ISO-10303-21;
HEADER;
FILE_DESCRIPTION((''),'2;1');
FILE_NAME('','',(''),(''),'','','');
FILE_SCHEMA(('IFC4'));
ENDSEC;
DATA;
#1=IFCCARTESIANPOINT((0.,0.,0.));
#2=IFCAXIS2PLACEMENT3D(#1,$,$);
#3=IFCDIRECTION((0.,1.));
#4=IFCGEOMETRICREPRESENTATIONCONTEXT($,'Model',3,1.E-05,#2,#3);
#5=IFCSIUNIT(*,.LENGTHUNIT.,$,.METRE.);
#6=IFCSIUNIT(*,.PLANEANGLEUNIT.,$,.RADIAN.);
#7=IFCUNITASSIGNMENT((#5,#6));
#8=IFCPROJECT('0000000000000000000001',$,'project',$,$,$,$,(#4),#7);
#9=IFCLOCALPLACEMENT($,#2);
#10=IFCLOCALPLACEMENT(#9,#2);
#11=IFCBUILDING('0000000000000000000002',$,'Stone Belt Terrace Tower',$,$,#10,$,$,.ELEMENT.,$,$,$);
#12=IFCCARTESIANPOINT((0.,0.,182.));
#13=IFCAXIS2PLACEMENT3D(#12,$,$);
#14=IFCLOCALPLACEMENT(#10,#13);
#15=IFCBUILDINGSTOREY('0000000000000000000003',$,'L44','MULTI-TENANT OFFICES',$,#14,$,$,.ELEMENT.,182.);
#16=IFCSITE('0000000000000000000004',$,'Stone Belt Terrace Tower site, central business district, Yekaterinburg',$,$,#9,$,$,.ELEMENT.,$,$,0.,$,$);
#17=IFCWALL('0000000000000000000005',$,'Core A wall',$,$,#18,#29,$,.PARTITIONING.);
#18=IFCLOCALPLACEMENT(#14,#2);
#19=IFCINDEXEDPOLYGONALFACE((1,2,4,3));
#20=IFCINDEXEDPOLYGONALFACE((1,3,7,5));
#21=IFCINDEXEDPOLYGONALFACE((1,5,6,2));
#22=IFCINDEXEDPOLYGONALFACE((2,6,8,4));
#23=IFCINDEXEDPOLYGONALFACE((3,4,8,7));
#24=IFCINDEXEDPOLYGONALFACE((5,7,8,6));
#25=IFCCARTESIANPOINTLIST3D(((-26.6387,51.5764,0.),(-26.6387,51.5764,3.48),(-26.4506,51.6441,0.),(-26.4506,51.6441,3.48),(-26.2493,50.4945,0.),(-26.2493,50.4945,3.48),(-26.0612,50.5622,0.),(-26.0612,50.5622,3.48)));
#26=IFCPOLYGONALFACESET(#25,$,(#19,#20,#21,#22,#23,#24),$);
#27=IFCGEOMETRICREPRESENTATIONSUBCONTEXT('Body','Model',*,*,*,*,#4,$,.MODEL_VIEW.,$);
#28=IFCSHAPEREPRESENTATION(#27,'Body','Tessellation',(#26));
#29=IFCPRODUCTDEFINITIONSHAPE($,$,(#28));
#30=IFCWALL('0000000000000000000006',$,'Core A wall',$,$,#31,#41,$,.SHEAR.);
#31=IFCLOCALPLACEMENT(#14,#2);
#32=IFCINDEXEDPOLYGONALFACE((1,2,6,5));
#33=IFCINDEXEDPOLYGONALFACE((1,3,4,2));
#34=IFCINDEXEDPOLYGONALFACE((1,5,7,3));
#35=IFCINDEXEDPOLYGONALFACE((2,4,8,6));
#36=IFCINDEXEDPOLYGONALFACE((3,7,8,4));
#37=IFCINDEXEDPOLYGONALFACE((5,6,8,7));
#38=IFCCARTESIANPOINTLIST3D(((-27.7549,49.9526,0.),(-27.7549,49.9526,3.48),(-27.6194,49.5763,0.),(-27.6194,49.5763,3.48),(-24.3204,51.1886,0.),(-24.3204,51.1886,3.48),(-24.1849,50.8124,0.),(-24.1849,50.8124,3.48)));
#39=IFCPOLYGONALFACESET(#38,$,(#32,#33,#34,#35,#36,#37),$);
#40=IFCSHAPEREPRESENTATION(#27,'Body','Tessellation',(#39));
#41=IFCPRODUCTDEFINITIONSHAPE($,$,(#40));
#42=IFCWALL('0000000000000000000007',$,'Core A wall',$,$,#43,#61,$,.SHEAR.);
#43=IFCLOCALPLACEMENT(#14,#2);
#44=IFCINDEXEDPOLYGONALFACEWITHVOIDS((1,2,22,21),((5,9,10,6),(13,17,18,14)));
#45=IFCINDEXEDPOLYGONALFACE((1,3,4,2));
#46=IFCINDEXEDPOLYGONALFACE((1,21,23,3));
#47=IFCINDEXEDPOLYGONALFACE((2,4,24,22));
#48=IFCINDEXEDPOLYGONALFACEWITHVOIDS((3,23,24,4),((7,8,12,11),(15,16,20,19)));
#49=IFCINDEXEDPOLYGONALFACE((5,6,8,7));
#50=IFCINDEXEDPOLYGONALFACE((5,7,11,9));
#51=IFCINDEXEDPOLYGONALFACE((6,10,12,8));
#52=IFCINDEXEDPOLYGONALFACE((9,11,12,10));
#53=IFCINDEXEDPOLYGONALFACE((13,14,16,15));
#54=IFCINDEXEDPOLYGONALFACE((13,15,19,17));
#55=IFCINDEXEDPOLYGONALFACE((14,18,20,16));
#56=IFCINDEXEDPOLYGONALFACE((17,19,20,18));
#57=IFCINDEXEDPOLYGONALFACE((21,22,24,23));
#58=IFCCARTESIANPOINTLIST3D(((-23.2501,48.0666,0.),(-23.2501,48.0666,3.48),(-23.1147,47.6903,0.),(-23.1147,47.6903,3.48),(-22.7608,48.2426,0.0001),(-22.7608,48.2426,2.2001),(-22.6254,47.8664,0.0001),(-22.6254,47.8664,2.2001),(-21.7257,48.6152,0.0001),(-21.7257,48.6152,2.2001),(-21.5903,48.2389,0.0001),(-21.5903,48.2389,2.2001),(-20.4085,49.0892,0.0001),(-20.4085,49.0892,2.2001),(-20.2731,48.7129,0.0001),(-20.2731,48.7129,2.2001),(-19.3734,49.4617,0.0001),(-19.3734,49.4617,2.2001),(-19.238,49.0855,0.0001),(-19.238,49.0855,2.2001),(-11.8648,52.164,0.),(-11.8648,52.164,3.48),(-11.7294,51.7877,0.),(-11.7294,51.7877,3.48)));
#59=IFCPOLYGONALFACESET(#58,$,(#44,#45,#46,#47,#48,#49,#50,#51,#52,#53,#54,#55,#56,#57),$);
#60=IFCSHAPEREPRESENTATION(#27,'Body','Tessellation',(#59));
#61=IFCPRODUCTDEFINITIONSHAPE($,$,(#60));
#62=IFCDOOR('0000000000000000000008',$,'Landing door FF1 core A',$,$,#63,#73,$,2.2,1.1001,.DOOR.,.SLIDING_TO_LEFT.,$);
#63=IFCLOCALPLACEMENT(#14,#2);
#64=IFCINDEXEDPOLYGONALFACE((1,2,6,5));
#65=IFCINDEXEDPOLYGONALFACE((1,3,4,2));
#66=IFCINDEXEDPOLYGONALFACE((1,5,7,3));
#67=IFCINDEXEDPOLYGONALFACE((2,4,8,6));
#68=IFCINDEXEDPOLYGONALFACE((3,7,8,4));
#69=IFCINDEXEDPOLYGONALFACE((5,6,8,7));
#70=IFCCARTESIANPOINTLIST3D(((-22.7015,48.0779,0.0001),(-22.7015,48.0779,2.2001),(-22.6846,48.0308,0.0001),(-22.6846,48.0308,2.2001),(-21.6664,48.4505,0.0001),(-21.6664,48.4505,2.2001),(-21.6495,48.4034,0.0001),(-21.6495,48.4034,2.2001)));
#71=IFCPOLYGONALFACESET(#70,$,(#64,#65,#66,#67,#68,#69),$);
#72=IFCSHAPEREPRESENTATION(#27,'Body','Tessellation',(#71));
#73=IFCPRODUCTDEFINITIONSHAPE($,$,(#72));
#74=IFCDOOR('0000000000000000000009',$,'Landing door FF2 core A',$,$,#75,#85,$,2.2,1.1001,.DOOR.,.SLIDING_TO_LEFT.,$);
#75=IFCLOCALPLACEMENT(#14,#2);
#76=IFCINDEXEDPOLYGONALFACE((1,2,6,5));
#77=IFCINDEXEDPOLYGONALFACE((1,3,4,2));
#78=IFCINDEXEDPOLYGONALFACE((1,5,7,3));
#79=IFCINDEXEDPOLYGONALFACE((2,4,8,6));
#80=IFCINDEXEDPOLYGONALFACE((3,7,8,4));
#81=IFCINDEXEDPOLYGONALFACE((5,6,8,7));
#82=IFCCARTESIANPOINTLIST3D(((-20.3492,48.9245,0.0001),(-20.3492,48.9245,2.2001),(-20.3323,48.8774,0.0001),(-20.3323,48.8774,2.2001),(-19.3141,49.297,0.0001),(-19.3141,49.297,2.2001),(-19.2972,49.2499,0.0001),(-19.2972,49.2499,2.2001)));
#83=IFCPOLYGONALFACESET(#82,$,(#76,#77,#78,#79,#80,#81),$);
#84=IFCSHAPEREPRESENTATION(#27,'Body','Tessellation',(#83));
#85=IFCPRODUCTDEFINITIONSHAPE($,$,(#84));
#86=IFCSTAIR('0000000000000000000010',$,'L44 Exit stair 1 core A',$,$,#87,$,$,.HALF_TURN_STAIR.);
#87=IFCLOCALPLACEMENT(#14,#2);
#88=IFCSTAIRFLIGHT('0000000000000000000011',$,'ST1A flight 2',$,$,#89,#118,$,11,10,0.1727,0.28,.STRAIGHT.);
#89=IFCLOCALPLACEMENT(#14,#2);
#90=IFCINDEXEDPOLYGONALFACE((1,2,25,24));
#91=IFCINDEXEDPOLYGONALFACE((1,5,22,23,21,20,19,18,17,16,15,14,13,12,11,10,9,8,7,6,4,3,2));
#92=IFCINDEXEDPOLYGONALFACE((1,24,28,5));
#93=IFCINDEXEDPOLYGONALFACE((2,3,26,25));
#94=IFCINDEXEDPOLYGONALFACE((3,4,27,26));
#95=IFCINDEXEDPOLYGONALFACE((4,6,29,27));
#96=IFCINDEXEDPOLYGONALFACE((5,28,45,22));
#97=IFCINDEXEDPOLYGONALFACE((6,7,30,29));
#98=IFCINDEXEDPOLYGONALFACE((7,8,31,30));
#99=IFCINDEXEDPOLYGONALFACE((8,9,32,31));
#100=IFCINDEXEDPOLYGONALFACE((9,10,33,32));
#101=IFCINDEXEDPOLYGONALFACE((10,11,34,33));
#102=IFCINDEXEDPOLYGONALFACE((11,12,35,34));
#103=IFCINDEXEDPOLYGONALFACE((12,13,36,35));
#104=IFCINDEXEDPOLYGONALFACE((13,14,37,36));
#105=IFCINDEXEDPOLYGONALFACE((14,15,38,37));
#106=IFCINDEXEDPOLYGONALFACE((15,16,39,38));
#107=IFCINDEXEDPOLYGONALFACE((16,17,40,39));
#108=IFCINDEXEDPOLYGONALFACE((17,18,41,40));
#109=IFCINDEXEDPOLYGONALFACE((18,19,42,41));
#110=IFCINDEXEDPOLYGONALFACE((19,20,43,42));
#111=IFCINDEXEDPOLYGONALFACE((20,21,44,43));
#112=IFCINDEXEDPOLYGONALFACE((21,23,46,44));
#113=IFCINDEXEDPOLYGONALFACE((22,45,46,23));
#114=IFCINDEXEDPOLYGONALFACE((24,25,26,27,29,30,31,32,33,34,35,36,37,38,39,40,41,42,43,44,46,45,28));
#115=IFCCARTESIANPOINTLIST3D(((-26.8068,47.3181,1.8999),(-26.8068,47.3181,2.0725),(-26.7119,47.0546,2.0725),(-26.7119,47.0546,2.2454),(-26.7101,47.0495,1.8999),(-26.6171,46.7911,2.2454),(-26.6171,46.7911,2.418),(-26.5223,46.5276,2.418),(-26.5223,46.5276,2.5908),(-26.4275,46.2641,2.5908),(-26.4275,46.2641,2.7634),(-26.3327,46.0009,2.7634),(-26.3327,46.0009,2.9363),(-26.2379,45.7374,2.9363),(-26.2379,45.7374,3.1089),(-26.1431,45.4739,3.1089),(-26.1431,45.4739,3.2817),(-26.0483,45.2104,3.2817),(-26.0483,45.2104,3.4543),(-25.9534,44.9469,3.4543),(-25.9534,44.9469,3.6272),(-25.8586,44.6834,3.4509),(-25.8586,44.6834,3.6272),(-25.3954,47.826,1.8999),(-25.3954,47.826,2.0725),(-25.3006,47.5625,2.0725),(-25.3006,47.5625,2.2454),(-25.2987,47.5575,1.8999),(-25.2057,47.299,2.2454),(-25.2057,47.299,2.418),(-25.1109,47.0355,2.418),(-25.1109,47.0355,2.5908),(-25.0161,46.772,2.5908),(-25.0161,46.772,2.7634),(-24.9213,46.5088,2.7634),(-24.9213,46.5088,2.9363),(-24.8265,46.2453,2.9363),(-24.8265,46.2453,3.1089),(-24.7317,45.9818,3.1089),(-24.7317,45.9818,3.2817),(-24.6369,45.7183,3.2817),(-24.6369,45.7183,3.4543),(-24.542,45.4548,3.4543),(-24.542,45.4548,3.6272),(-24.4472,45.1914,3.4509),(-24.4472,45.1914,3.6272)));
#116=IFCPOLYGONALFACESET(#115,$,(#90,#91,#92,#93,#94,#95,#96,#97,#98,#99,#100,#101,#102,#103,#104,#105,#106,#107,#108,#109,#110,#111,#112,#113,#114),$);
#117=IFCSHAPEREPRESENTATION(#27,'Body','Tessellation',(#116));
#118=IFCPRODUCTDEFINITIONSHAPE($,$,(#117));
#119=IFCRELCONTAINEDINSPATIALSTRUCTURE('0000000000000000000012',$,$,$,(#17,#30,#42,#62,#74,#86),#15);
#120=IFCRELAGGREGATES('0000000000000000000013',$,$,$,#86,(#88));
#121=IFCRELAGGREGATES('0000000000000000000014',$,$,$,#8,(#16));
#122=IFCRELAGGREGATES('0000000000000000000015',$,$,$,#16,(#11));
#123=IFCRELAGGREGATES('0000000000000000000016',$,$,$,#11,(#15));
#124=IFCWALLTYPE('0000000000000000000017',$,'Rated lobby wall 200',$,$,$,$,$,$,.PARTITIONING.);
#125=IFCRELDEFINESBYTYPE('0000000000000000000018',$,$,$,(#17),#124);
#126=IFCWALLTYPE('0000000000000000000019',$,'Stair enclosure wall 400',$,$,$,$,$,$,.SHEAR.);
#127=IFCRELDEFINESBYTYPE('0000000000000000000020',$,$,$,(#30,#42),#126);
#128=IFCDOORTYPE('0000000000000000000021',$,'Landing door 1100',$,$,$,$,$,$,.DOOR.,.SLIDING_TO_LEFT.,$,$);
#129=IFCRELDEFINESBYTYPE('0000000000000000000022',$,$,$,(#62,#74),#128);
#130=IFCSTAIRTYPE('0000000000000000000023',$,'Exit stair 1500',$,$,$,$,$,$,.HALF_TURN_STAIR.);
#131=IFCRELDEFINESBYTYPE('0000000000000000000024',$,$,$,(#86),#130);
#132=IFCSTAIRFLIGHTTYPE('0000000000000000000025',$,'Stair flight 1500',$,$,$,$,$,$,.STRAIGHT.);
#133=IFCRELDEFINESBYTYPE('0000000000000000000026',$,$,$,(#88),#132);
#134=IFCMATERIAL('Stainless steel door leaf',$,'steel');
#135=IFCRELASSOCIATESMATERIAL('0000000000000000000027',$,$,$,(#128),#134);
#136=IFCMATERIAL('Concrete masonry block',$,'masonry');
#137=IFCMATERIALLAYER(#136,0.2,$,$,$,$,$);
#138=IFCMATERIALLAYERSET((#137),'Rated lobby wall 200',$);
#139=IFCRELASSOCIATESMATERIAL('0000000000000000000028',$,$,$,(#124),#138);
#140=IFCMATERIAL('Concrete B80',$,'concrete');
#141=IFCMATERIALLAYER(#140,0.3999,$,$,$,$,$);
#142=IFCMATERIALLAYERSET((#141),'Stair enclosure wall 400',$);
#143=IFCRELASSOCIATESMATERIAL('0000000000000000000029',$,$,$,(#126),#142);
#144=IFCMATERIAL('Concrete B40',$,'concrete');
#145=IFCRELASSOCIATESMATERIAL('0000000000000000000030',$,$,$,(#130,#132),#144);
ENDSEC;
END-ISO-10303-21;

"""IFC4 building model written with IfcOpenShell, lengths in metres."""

from ifc_helpers import new_model, si_unit, direction, frame, frame_2d, origin, place, context, subcontext, project, spatial, polyline, rectangle, outline, extrude, material, layer, layer_set, type_object, element, fill, aggregate, save


model = new_model("IFC4")

# Units and contexts
model_context = context("Model", 3, precision=1e-05, world=origin(), true_north=direction((0.0, 1.0)))
body_context = subcontext(model_context, "Body", "Model", "MODEL_VIEW")
ifc_project = project(units=[si_unit("LENGTHUNIT", "METRE"), si_unit("PLANEANGLEUNIT", "RADIAN")], contexts=[model_context])

# Site, building, storey
site_placement = place(None, origin())
site = spatial("IfcSite", under=ifc_project, at=site_placement, Name="Stone Belt Terrace Tower site, central business district, Yekaterinburg", CompositionType="ELEMENT", RefElevation=0.0)
building_placement = place(site_placement, origin())
building = spatial("IfcBuilding", under=site, at=building_placement, Name="Stone Belt Terrace Tower", CompositionType="ELEMENT")
storey_placement = place(building_placement, frame((0.0, 0.0, 182.0)))
storey = spatial("IfcBuildingStorey", under=building, at=storey_placement, Name="L44", Description="MULTI-TENANT OFFICES", CompositionType="ELEMENT", Elevation=182.0)

# Shared definitions
ifc_material_1 = material(Name="Concrete B80", Category="concrete")

# Shared definitions
ifc_material_2 = material(Name="Stainless steel door leaf", Category="steel")

# Shared definitions
door_type_1 = type_object("IfcDoorType", Name="Landing door 1100", OperationType="SLIDING_TO_LEFT", PredefinedType="DOOR", material=ifc_material_2)

# Walls
ifc_material_3 = material(Name="Concrete masonry block", Category="masonry")
ifc_layer_1 = layer(ifc_material_3, 0.2)
ifc_layer_set_1 = layer_set([ifc_layer_1], Name="Rated lobby wall 200")
wall_type_1 = type_object("IfcWallType", Name="Rated lobby wall 200", PredefinedType="PARTITIONING", material=ifc_layer_set_1)
wall_1_placement = place(storey_placement, frame((-26.1553, 50.5283, 0.0), z_axis=(0.0, 0.0, 1.0), x_axis=(-0.338622, 0.940923, 0.0)))
element("IfcWall", 1, at=wall_1_placement, inside=storey, type_object=wall_type_1, Name="Core A wall", PredefinedType="PARTITIONING", context=body_context, shape_type="SweptSolid", body=[
    extrude(rectangle(XDim=1.1499, YDim=0.2, at=frame_2d((0.575, 0.0))), origin(), (0.0, 0.0, 1.0), 3.48),
])
ifc_layer_2 = layer(ifc_material_1, 0.3999)
ifc_layer_set_2 = layer_set([ifc_layer_2], Name="Stair enclosure wall 400")
wall_type_2 = type_object("IfcWallType", Name="Stair enclosure wall 400", PredefinedType="SHEAR", material=ifc_layer_set_2)
wall_2_placement = place(storey_placement, frame((-27.6873, 49.7644, 0.0), z_axis=(0.0, 0.0, 1.0), x_axis=(0.940919, 0.338632, 0.0)))
element("IfcWall", 2, at=wall_2_placement, inside=storey, type_object=wall_type_2, Name="Core A wall", PredefinedType="SHEAR", context=body_context, shape_type="SweptSolid", body=[
    extrude(rectangle(XDim=3.6501, YDim=0.3999, at=frame_2d((1.8252, 0.0))), origin(), (0.0, 0.0, 1.0), 3.48),
])

# Wall, openings, doors
wall_3_placement = place(storey_placement, frame((-23.1824, 47.8784, 0.0), z_axis=(0.0, 0.0, 1.0), x_axis=(0.940921, 0.338626, 0.0)))
wall_3 = element("IfcWall", 3, at=wall_3_placement, inside=storey, type_object=wall_type_2, Name="Core A wall", PredefinedType="SHEAR", context=body_context, shape_type="SweptSolid", body=[
    extrude(rectangle(XDim=12.1001, YDim=0.3999, at=frame_2d((6.05, 0.0))), origin(), (0.0, 0.0, 1.0), 3.48),
])
opening_1_placement = place(wall_3_placement, frame((0.52, 0.0, 0.0)))
opening_1 = element("IfcOpeningElement", 4, at=opening_1_placement, cuts=wall_3, PredefinedType="OPENING", context=body_context, shape_type="SweptSolid", body=[
    extrude(rectangle(XDim=1.1001, YDim=2.2, at=frame_2d((0.55, 1.1001))), frame((0.0, 0.21, 0.0), z_axis=(0.0, -1.0, 0.0), x_axis=(1.0, 0.0, 0.0)), (0.0, 0.0, 1.0), 0.4199),
])
opening_2_placement = place(wall_3_placement, frame((3.02, 0.0, 0.0)))
opening_2 = element("IfcOpeningElement", 5, at=opening_2_placement, cuts=wall_3, PredefinedType="OPENING", context=body_context, shape_type="SweptSolid", body=[
    extrude(rectangle(XDim=1.1001, YDim=2.2, at=frame_2d((0.55, 1.1001))), frame((0.0, 0.21, 0.0), z_axis=(0.0, -1.0, 0.0), x_axis=(1.0, 0.0, 0.0)), (0.0, 0.0, 1.0), 0.4199),
])
door_1_placement = place(opening_1_placement, origin())
door_1 = element("IfcDoor", 6, at=door_1_placement, inside=storey, type_object=door_type_1, Name="Landing door FF1 core A", OperationType="SLIDING_TO_LEFT", OverallHeight=2.2, OverallWidth=1.1001, PredefinedType="DOOR", context=body_context, shape_type="SweptSolid", body=[
    extrude(rectangle(XDim=1.1001, YDim=2.2, at=frame_2d((0.55, 1.1001))), frame((0.0, 0.0249, 0.0), z_axis=(0.0, -1.0, 0.0), x_axis=(1.0, 0.0, 0.0)), (0.0, 0.0, 1.0), 0.05),
])
fill(opening_1, door_1)
door_2_placement = place(opening_2_placement, origin())
door_2 = element("IfcDoor", 7, at=door_2_placement, inside=storey, type_object=door_type_1, Name="Landing door FF2 core A", OperationType="SLIDING_TO_LEFT", OverallHeight=2.2, OverallWidth=1.1001, PredefinedType="DOOR", context=body_context, shape_type="SweptSolid", body=[
    extrude(rectangle(XDim=1.1001, YDim=2.2, at=frame_2d((0.55, 1.1001))), frame((0.0, 0.0249, 0.0), z_axis=(0.0, -1.0, 0.0), x_axis=(1.0, 0.0, 0.0)), (0.0, 0.0, 1.0), 0.05),
])
fill(opening_2, door_2)

# Stair, stair flight
ifc_material_4 = material(Name="Concrete B40", Category="concrete")
stair_type = type_object("IfcStairType", Name="Exit stair 1500", PredefinedType="HALF_TURN_STAIR", material=ifc_material_4)
stair_placement = place(storey_placement, origin())
stair = element("IfcStair", 8, at=stair_placement, inside=storey, type_object=stair_type, Name="L44 Exit stair 1 core A", PredefinedType="HALF_TURN_STAIR")
stair_flight_type = type_object("IfcStairFlightType", Name="Stair flight 1500", PredefinedType="STRAIGHT", material=ifc_material_4)
stair_flight_placement = place(storey_placement, frame((-26.1011, 47.572, 1.8999), z_axis=(0.0, 0.0, 1.0), x_axis=(0.338624, -0.940922, 0.0)))
stair_flight = element("IfcStairFlight", 9, at=stair_flight_placement, type_object=stair_flight_type, Name="ST1A flight 2", NumberOfRisers=11, NumberOfTreads=10, PredefinedType="STRAIGHT", RiserHeight=0.1727, TreadLength=0.28, context=body_context, shape_type="SweptSolid", body=[
    extrude(outline(polyline([(0.0, 0.0), (0.0, 0.1726), (0.28, 0.1726), (0.28, 0.3455), (0.5601, 0.3455), (0.5601, 0.5181), (0.8401, 0.5181), (0.8401, 0.6909), (1.1201, 0.6909), (1.1201, 0.8635), (1.3999, 0.8635), (1.3999, 1.0364), (1.6799, 1.0364), (1.6799, 1.209), (1.96, 1.209), (1.96, 1.3818), (2.24, 1.3818), (2.24, 1.5544), (2.52, 1.5544), (2.52, 1.7273), (2.8, 1.7273), (2.8, 1.8999), (2.8, 1.551), (0.2854, 0.0), (0.0, 0.0)])), frame((0.0, 0.75, 0.0), z_axis=(0.0, -1.0, 0.0), x_axis=(1.0, 0.0, 0.0)), (0.0, 0.0, 1.0), 1.5),
])
aggregate(stair, [stair_flight])

save(model, "model.ifc")
